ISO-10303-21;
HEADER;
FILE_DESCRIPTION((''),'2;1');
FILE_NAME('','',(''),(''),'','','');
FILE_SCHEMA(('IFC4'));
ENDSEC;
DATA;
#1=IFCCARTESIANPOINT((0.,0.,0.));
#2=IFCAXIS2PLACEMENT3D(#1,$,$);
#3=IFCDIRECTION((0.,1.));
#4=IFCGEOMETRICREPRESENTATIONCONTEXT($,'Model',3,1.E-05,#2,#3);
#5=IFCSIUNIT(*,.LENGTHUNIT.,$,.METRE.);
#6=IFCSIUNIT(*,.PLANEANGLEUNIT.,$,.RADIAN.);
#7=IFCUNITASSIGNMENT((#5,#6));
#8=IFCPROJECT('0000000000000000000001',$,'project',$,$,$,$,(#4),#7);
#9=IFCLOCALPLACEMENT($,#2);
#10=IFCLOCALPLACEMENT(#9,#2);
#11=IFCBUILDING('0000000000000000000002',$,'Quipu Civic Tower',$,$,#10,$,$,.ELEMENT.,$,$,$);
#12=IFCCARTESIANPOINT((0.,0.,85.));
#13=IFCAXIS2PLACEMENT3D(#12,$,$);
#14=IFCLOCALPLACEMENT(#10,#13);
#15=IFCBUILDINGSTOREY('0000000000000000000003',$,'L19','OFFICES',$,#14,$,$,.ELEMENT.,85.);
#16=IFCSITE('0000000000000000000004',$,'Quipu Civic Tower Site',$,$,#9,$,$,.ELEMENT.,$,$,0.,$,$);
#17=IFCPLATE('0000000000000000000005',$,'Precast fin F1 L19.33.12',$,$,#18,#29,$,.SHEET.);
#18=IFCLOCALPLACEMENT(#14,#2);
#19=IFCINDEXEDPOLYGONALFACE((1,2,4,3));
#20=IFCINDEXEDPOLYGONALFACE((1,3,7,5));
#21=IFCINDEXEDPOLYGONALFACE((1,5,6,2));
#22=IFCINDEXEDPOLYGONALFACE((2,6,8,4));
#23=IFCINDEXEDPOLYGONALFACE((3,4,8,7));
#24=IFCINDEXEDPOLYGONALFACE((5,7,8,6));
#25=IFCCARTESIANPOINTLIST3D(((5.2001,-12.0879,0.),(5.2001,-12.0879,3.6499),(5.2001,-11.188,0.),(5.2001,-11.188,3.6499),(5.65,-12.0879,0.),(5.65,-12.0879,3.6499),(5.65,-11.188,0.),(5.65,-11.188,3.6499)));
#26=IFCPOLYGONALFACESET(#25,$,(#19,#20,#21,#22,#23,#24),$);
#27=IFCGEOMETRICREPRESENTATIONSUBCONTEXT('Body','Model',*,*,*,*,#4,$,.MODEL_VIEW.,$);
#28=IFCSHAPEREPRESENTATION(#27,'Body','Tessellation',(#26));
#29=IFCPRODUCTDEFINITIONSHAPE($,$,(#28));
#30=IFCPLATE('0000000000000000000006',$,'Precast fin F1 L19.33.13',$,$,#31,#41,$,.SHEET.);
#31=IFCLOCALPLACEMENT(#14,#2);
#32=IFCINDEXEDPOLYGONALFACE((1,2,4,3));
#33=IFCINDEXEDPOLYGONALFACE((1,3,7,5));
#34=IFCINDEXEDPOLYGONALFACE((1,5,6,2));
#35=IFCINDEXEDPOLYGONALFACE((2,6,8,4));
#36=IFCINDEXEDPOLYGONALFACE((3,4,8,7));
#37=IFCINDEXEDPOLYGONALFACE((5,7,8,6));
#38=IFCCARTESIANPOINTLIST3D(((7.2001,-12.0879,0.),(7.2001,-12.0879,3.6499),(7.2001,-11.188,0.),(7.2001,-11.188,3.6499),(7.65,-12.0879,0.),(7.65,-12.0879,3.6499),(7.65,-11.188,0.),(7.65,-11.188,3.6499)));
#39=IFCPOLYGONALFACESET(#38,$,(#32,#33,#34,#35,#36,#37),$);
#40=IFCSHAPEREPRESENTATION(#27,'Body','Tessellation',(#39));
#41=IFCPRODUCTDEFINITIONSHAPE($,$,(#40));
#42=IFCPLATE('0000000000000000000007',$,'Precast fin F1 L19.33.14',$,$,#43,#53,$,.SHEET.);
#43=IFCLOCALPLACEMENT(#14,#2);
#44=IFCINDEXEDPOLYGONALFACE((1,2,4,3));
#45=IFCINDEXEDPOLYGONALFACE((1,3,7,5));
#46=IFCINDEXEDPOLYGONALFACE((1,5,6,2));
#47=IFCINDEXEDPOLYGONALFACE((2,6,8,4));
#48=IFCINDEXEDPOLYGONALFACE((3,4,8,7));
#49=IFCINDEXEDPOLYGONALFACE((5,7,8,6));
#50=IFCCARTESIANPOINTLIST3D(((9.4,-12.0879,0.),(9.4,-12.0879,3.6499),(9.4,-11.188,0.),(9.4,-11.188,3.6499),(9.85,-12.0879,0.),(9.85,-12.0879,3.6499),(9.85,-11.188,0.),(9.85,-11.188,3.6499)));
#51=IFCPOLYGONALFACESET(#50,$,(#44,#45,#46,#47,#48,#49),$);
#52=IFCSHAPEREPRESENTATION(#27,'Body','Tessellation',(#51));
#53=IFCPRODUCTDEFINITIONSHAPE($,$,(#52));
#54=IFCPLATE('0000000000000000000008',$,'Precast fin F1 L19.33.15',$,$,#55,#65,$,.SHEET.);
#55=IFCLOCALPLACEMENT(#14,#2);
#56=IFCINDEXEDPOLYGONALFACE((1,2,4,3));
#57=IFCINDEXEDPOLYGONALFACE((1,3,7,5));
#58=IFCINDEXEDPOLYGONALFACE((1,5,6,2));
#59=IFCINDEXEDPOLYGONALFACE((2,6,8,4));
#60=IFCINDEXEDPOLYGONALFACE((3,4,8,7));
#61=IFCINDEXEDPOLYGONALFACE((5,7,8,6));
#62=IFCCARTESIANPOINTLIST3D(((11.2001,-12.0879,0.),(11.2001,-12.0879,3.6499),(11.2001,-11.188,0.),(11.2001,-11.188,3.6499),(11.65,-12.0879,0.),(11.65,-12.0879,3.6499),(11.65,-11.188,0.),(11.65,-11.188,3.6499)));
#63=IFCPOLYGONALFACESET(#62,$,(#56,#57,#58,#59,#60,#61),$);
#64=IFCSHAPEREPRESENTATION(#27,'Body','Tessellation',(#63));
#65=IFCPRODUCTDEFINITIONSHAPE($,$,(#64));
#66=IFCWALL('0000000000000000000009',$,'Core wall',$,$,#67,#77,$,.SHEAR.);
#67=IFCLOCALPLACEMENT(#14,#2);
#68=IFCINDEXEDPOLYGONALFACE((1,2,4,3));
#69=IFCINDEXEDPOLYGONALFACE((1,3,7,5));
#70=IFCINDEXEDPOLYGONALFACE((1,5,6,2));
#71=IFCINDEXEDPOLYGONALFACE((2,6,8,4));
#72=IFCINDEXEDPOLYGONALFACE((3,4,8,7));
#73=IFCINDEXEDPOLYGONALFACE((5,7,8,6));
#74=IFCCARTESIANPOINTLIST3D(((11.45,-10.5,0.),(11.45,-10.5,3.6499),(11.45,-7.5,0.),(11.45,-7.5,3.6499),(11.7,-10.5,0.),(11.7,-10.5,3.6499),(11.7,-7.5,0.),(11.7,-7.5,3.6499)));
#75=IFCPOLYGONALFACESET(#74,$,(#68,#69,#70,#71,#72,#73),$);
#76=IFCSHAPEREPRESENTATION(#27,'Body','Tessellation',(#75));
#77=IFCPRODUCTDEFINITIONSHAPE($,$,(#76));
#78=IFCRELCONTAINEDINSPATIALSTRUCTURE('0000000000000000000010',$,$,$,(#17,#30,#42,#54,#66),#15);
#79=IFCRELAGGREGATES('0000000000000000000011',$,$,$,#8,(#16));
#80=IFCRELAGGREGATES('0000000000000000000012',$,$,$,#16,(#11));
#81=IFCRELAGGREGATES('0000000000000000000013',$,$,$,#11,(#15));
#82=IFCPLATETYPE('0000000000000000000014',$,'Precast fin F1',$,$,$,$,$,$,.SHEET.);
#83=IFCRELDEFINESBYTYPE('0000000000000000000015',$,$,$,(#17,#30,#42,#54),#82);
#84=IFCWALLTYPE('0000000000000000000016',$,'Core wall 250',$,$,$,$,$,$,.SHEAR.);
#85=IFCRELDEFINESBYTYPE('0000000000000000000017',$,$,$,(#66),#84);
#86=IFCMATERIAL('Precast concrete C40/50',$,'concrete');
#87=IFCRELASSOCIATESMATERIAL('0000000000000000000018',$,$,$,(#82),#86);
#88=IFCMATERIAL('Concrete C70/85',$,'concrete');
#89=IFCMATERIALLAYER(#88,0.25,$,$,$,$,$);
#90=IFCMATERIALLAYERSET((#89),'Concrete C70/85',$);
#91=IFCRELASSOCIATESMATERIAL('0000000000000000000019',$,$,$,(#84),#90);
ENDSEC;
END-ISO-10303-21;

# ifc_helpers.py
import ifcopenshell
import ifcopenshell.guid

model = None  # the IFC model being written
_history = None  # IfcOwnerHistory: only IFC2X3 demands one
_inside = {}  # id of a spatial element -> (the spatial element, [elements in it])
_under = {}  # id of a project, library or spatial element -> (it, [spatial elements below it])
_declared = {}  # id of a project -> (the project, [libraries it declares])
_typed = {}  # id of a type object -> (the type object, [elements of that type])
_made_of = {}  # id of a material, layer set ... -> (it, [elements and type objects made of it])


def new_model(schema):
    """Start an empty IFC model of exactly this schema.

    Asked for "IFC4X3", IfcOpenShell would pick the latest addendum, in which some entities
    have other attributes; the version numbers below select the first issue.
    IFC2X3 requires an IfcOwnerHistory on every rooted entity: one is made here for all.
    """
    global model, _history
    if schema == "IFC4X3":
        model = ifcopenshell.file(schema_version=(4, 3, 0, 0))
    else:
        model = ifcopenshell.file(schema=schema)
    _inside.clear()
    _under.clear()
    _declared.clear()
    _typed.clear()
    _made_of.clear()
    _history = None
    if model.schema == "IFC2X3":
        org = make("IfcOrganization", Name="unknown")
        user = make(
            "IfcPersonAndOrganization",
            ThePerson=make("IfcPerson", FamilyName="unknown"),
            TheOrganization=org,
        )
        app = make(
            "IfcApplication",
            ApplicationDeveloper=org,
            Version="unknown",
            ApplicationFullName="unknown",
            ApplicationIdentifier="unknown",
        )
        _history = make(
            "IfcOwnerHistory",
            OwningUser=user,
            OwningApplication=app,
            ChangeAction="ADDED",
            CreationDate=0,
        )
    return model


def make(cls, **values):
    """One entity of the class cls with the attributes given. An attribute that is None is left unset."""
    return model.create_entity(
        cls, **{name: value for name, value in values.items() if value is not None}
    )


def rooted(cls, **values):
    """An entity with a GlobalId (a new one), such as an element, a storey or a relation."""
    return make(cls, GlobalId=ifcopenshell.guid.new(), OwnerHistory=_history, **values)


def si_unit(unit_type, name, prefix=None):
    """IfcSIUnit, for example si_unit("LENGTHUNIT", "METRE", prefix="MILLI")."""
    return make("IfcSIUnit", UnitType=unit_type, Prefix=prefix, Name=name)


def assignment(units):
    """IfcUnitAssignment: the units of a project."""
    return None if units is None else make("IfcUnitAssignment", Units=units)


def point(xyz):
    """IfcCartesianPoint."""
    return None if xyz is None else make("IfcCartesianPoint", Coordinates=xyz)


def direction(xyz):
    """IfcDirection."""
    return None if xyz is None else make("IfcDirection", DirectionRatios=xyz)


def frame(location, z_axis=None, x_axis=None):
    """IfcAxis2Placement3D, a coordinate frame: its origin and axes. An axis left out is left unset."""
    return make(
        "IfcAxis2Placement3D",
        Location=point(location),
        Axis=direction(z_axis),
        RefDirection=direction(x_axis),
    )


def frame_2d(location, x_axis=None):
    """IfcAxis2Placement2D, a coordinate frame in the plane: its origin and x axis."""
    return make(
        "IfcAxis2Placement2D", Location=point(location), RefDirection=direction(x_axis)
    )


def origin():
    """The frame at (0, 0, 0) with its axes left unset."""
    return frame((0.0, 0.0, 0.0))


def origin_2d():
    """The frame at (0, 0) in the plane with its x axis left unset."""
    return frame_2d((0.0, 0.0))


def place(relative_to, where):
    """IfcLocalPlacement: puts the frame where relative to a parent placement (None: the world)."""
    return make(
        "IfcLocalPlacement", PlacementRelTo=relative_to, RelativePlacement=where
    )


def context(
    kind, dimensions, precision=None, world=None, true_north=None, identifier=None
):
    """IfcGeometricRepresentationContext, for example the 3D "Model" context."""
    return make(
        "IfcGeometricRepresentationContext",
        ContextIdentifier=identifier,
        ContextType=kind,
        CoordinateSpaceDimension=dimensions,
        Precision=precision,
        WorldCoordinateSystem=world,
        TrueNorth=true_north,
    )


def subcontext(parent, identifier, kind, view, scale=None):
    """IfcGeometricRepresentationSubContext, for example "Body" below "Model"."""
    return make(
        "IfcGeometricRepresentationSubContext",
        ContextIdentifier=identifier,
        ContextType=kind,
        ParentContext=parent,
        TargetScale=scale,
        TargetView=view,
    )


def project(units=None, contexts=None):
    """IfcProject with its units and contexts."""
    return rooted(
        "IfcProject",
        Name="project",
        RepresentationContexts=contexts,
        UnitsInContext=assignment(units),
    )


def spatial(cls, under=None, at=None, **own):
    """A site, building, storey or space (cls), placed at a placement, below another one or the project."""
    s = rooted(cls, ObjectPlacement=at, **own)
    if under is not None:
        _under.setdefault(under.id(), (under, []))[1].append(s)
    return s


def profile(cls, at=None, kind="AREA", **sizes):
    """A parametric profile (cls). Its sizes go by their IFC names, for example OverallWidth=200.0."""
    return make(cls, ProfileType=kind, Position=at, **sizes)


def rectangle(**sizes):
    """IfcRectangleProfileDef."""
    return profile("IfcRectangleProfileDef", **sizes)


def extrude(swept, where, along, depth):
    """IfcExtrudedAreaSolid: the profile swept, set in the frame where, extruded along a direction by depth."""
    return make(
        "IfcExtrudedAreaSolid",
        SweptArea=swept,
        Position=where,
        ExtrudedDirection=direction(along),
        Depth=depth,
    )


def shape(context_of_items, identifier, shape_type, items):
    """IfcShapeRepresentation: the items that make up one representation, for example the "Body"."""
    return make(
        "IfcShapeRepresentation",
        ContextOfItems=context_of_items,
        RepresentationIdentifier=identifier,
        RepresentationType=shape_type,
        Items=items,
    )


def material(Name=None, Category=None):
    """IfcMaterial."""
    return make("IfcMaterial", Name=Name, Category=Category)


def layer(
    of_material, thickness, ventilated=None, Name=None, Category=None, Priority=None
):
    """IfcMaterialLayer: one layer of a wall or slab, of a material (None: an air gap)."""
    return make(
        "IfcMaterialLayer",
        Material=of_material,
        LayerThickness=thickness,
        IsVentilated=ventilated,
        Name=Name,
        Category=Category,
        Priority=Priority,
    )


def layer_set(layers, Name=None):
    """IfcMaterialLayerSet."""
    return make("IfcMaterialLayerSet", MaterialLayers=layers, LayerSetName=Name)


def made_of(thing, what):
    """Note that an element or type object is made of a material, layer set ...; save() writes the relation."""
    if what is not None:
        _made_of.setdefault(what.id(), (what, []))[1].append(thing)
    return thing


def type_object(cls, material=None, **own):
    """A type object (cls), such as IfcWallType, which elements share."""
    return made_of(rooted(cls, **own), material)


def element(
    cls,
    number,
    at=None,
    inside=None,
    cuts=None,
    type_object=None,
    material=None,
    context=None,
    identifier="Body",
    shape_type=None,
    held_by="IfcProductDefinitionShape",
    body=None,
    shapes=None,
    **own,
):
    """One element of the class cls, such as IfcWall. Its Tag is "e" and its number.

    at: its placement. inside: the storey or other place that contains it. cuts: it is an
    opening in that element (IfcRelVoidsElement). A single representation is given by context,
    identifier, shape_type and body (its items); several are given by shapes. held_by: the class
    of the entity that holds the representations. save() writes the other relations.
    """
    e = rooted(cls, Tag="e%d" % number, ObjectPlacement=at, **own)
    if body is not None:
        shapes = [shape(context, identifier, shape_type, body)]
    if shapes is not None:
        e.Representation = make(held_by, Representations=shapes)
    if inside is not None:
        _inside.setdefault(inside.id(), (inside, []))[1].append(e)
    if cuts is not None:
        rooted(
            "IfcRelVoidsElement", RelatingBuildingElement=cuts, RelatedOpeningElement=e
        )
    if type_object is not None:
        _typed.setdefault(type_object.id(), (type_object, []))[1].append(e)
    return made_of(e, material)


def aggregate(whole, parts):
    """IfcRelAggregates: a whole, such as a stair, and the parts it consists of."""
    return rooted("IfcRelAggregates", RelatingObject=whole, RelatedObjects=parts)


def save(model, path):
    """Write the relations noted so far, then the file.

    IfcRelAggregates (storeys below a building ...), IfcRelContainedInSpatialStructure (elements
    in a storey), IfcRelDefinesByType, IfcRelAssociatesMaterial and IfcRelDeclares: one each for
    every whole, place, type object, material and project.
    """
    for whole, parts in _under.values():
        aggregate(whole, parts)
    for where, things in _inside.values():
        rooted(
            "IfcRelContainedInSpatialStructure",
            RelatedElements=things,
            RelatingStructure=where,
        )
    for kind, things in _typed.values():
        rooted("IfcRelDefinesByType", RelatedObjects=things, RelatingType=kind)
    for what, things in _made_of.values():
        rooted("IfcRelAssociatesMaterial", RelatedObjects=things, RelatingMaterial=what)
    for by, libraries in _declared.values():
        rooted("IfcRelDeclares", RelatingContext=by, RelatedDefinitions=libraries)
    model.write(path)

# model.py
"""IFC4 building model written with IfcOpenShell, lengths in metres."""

from ifc_helpers import new_model, si_unit, direction, frame, frame_2d, origin, origin_2d, place, context, subcontext, project, spatial, rectangle, extrude, material, layer, layer_set, type_object, element, save


model = new_model("IFC4")

# Units and contexts
model_context = context("Model", 3, precision=1e-05, world=origin(), true_north=direction((0.0, 1.0)))
body_context = subcontext(model_context, "Body", "Model", "MODEL_VIEW")
ifc_project = project(units=[si_unit("LENGTHUNIT", "METRE"), si_unit("PLANEANGLEUNIT", "RADIAN")], contexts=[model_context])

# Site, building, storey
site_placement = place(None, origin())
site = spatial("IfcSite", under=ifc_project, at=site_placement, Name="Quipu Civic Tower Site", CompositionType="ELEMENT", RefElevation=0.0)
building_placement = place(site_placement, origin())
building = spatial("IfcBuilding", under=site, at=building_placement, Name="Quipu Civic Tower", CompositionType="ELEMENT")
storey_placement = place(building_placement, frame((0.0, 0.0, 85.0)))
storey = spatial("IfcBuildingStorey", under=building, at=storey_placement, Name="L19", Description="OFFICES", CompositionType="ELEMENT", Elevation=85.0)

# Plates
ifc_material_1 = material(Name="Precast concrete C40/50", Category="concrete")
plate_type = type_object("IfcPlateType", Name="Precast fin F1", PredefinedType="SHEET", material=ifc_material_1)
for number, where, z_axis, x_axis, name in (
    (1, (5.425, -11.6379, 0.0), (0.0, 0.0, 1.0), (1.0, 0.0, 0.0), "Precast fin F1 L19.33.12"),
    (2, (7.425, -11.6379, 0.0), (0.0, 0.0, 1.0), (1.0, 0.0, 0.0), "Precast fin F1 L19.33.13"),
    (3, (9.625, -11.6379, 0.0), (0.0, 0.0, 1.0), (1.0, 0.0, 0.0), "Precast fin F1 L19.33.14"),
    (4, (11.425, -11.6379, 0.0), (0.0, 0.0, 1.0), (1.0, 0.0, 0.0), "Precast fin F1 L19.33.15"),
):
    element("IfcPlate", number, at=place(storey_placement, frame(where, z_axis=z_axis, x_axis=x_axis)), inside=storey, type_object=plate_type, Name=name, PredefinedType="SHEET", context=body_context, shape_type="SweptSolid", body=[
        extrude(rectangle(XDim=0.45, YDim=0.8999, at=origin_2d()), origin(), (0.0, 0.0, 1.0), 3.6499),
    ])

# Wall
ifc_material_2 = material(Name="Concrete C70/85", Category="concrete")
ifc_layer_1 = layer(ifc_material_2, 0.25)
ifc_layer_set_1 = layer_set([ifc_layer_1], Name="Concrete C70/85")
wall_type_1 = type_object("IfcWallType", Name="Core wall 250", PredefinedType="SHEAR", material=ifc_layer_set_1)
wall_1_placement = place(storey_placement, frame((11.575, -10.5, 0.0), z_axis=(0.0, 0.0, 1.0), x_axis=(0.0, 1.0, 0.0)))
element("IfcWall", 5, at=wall_1_placement, inside=storey, type_object=wall_type_1, Name="Core wall", PredefinedType="SHEAR", context=body_context, shape_type="SweptSolid", body=[
    extrude(rectangle(XDim=3.0, YDim=0.25, at=frame_2d((1.5, 0.0))), origin(), (0.0, 0.0, 1.0), 3.6499),
])

save(model, "model.ifc")
